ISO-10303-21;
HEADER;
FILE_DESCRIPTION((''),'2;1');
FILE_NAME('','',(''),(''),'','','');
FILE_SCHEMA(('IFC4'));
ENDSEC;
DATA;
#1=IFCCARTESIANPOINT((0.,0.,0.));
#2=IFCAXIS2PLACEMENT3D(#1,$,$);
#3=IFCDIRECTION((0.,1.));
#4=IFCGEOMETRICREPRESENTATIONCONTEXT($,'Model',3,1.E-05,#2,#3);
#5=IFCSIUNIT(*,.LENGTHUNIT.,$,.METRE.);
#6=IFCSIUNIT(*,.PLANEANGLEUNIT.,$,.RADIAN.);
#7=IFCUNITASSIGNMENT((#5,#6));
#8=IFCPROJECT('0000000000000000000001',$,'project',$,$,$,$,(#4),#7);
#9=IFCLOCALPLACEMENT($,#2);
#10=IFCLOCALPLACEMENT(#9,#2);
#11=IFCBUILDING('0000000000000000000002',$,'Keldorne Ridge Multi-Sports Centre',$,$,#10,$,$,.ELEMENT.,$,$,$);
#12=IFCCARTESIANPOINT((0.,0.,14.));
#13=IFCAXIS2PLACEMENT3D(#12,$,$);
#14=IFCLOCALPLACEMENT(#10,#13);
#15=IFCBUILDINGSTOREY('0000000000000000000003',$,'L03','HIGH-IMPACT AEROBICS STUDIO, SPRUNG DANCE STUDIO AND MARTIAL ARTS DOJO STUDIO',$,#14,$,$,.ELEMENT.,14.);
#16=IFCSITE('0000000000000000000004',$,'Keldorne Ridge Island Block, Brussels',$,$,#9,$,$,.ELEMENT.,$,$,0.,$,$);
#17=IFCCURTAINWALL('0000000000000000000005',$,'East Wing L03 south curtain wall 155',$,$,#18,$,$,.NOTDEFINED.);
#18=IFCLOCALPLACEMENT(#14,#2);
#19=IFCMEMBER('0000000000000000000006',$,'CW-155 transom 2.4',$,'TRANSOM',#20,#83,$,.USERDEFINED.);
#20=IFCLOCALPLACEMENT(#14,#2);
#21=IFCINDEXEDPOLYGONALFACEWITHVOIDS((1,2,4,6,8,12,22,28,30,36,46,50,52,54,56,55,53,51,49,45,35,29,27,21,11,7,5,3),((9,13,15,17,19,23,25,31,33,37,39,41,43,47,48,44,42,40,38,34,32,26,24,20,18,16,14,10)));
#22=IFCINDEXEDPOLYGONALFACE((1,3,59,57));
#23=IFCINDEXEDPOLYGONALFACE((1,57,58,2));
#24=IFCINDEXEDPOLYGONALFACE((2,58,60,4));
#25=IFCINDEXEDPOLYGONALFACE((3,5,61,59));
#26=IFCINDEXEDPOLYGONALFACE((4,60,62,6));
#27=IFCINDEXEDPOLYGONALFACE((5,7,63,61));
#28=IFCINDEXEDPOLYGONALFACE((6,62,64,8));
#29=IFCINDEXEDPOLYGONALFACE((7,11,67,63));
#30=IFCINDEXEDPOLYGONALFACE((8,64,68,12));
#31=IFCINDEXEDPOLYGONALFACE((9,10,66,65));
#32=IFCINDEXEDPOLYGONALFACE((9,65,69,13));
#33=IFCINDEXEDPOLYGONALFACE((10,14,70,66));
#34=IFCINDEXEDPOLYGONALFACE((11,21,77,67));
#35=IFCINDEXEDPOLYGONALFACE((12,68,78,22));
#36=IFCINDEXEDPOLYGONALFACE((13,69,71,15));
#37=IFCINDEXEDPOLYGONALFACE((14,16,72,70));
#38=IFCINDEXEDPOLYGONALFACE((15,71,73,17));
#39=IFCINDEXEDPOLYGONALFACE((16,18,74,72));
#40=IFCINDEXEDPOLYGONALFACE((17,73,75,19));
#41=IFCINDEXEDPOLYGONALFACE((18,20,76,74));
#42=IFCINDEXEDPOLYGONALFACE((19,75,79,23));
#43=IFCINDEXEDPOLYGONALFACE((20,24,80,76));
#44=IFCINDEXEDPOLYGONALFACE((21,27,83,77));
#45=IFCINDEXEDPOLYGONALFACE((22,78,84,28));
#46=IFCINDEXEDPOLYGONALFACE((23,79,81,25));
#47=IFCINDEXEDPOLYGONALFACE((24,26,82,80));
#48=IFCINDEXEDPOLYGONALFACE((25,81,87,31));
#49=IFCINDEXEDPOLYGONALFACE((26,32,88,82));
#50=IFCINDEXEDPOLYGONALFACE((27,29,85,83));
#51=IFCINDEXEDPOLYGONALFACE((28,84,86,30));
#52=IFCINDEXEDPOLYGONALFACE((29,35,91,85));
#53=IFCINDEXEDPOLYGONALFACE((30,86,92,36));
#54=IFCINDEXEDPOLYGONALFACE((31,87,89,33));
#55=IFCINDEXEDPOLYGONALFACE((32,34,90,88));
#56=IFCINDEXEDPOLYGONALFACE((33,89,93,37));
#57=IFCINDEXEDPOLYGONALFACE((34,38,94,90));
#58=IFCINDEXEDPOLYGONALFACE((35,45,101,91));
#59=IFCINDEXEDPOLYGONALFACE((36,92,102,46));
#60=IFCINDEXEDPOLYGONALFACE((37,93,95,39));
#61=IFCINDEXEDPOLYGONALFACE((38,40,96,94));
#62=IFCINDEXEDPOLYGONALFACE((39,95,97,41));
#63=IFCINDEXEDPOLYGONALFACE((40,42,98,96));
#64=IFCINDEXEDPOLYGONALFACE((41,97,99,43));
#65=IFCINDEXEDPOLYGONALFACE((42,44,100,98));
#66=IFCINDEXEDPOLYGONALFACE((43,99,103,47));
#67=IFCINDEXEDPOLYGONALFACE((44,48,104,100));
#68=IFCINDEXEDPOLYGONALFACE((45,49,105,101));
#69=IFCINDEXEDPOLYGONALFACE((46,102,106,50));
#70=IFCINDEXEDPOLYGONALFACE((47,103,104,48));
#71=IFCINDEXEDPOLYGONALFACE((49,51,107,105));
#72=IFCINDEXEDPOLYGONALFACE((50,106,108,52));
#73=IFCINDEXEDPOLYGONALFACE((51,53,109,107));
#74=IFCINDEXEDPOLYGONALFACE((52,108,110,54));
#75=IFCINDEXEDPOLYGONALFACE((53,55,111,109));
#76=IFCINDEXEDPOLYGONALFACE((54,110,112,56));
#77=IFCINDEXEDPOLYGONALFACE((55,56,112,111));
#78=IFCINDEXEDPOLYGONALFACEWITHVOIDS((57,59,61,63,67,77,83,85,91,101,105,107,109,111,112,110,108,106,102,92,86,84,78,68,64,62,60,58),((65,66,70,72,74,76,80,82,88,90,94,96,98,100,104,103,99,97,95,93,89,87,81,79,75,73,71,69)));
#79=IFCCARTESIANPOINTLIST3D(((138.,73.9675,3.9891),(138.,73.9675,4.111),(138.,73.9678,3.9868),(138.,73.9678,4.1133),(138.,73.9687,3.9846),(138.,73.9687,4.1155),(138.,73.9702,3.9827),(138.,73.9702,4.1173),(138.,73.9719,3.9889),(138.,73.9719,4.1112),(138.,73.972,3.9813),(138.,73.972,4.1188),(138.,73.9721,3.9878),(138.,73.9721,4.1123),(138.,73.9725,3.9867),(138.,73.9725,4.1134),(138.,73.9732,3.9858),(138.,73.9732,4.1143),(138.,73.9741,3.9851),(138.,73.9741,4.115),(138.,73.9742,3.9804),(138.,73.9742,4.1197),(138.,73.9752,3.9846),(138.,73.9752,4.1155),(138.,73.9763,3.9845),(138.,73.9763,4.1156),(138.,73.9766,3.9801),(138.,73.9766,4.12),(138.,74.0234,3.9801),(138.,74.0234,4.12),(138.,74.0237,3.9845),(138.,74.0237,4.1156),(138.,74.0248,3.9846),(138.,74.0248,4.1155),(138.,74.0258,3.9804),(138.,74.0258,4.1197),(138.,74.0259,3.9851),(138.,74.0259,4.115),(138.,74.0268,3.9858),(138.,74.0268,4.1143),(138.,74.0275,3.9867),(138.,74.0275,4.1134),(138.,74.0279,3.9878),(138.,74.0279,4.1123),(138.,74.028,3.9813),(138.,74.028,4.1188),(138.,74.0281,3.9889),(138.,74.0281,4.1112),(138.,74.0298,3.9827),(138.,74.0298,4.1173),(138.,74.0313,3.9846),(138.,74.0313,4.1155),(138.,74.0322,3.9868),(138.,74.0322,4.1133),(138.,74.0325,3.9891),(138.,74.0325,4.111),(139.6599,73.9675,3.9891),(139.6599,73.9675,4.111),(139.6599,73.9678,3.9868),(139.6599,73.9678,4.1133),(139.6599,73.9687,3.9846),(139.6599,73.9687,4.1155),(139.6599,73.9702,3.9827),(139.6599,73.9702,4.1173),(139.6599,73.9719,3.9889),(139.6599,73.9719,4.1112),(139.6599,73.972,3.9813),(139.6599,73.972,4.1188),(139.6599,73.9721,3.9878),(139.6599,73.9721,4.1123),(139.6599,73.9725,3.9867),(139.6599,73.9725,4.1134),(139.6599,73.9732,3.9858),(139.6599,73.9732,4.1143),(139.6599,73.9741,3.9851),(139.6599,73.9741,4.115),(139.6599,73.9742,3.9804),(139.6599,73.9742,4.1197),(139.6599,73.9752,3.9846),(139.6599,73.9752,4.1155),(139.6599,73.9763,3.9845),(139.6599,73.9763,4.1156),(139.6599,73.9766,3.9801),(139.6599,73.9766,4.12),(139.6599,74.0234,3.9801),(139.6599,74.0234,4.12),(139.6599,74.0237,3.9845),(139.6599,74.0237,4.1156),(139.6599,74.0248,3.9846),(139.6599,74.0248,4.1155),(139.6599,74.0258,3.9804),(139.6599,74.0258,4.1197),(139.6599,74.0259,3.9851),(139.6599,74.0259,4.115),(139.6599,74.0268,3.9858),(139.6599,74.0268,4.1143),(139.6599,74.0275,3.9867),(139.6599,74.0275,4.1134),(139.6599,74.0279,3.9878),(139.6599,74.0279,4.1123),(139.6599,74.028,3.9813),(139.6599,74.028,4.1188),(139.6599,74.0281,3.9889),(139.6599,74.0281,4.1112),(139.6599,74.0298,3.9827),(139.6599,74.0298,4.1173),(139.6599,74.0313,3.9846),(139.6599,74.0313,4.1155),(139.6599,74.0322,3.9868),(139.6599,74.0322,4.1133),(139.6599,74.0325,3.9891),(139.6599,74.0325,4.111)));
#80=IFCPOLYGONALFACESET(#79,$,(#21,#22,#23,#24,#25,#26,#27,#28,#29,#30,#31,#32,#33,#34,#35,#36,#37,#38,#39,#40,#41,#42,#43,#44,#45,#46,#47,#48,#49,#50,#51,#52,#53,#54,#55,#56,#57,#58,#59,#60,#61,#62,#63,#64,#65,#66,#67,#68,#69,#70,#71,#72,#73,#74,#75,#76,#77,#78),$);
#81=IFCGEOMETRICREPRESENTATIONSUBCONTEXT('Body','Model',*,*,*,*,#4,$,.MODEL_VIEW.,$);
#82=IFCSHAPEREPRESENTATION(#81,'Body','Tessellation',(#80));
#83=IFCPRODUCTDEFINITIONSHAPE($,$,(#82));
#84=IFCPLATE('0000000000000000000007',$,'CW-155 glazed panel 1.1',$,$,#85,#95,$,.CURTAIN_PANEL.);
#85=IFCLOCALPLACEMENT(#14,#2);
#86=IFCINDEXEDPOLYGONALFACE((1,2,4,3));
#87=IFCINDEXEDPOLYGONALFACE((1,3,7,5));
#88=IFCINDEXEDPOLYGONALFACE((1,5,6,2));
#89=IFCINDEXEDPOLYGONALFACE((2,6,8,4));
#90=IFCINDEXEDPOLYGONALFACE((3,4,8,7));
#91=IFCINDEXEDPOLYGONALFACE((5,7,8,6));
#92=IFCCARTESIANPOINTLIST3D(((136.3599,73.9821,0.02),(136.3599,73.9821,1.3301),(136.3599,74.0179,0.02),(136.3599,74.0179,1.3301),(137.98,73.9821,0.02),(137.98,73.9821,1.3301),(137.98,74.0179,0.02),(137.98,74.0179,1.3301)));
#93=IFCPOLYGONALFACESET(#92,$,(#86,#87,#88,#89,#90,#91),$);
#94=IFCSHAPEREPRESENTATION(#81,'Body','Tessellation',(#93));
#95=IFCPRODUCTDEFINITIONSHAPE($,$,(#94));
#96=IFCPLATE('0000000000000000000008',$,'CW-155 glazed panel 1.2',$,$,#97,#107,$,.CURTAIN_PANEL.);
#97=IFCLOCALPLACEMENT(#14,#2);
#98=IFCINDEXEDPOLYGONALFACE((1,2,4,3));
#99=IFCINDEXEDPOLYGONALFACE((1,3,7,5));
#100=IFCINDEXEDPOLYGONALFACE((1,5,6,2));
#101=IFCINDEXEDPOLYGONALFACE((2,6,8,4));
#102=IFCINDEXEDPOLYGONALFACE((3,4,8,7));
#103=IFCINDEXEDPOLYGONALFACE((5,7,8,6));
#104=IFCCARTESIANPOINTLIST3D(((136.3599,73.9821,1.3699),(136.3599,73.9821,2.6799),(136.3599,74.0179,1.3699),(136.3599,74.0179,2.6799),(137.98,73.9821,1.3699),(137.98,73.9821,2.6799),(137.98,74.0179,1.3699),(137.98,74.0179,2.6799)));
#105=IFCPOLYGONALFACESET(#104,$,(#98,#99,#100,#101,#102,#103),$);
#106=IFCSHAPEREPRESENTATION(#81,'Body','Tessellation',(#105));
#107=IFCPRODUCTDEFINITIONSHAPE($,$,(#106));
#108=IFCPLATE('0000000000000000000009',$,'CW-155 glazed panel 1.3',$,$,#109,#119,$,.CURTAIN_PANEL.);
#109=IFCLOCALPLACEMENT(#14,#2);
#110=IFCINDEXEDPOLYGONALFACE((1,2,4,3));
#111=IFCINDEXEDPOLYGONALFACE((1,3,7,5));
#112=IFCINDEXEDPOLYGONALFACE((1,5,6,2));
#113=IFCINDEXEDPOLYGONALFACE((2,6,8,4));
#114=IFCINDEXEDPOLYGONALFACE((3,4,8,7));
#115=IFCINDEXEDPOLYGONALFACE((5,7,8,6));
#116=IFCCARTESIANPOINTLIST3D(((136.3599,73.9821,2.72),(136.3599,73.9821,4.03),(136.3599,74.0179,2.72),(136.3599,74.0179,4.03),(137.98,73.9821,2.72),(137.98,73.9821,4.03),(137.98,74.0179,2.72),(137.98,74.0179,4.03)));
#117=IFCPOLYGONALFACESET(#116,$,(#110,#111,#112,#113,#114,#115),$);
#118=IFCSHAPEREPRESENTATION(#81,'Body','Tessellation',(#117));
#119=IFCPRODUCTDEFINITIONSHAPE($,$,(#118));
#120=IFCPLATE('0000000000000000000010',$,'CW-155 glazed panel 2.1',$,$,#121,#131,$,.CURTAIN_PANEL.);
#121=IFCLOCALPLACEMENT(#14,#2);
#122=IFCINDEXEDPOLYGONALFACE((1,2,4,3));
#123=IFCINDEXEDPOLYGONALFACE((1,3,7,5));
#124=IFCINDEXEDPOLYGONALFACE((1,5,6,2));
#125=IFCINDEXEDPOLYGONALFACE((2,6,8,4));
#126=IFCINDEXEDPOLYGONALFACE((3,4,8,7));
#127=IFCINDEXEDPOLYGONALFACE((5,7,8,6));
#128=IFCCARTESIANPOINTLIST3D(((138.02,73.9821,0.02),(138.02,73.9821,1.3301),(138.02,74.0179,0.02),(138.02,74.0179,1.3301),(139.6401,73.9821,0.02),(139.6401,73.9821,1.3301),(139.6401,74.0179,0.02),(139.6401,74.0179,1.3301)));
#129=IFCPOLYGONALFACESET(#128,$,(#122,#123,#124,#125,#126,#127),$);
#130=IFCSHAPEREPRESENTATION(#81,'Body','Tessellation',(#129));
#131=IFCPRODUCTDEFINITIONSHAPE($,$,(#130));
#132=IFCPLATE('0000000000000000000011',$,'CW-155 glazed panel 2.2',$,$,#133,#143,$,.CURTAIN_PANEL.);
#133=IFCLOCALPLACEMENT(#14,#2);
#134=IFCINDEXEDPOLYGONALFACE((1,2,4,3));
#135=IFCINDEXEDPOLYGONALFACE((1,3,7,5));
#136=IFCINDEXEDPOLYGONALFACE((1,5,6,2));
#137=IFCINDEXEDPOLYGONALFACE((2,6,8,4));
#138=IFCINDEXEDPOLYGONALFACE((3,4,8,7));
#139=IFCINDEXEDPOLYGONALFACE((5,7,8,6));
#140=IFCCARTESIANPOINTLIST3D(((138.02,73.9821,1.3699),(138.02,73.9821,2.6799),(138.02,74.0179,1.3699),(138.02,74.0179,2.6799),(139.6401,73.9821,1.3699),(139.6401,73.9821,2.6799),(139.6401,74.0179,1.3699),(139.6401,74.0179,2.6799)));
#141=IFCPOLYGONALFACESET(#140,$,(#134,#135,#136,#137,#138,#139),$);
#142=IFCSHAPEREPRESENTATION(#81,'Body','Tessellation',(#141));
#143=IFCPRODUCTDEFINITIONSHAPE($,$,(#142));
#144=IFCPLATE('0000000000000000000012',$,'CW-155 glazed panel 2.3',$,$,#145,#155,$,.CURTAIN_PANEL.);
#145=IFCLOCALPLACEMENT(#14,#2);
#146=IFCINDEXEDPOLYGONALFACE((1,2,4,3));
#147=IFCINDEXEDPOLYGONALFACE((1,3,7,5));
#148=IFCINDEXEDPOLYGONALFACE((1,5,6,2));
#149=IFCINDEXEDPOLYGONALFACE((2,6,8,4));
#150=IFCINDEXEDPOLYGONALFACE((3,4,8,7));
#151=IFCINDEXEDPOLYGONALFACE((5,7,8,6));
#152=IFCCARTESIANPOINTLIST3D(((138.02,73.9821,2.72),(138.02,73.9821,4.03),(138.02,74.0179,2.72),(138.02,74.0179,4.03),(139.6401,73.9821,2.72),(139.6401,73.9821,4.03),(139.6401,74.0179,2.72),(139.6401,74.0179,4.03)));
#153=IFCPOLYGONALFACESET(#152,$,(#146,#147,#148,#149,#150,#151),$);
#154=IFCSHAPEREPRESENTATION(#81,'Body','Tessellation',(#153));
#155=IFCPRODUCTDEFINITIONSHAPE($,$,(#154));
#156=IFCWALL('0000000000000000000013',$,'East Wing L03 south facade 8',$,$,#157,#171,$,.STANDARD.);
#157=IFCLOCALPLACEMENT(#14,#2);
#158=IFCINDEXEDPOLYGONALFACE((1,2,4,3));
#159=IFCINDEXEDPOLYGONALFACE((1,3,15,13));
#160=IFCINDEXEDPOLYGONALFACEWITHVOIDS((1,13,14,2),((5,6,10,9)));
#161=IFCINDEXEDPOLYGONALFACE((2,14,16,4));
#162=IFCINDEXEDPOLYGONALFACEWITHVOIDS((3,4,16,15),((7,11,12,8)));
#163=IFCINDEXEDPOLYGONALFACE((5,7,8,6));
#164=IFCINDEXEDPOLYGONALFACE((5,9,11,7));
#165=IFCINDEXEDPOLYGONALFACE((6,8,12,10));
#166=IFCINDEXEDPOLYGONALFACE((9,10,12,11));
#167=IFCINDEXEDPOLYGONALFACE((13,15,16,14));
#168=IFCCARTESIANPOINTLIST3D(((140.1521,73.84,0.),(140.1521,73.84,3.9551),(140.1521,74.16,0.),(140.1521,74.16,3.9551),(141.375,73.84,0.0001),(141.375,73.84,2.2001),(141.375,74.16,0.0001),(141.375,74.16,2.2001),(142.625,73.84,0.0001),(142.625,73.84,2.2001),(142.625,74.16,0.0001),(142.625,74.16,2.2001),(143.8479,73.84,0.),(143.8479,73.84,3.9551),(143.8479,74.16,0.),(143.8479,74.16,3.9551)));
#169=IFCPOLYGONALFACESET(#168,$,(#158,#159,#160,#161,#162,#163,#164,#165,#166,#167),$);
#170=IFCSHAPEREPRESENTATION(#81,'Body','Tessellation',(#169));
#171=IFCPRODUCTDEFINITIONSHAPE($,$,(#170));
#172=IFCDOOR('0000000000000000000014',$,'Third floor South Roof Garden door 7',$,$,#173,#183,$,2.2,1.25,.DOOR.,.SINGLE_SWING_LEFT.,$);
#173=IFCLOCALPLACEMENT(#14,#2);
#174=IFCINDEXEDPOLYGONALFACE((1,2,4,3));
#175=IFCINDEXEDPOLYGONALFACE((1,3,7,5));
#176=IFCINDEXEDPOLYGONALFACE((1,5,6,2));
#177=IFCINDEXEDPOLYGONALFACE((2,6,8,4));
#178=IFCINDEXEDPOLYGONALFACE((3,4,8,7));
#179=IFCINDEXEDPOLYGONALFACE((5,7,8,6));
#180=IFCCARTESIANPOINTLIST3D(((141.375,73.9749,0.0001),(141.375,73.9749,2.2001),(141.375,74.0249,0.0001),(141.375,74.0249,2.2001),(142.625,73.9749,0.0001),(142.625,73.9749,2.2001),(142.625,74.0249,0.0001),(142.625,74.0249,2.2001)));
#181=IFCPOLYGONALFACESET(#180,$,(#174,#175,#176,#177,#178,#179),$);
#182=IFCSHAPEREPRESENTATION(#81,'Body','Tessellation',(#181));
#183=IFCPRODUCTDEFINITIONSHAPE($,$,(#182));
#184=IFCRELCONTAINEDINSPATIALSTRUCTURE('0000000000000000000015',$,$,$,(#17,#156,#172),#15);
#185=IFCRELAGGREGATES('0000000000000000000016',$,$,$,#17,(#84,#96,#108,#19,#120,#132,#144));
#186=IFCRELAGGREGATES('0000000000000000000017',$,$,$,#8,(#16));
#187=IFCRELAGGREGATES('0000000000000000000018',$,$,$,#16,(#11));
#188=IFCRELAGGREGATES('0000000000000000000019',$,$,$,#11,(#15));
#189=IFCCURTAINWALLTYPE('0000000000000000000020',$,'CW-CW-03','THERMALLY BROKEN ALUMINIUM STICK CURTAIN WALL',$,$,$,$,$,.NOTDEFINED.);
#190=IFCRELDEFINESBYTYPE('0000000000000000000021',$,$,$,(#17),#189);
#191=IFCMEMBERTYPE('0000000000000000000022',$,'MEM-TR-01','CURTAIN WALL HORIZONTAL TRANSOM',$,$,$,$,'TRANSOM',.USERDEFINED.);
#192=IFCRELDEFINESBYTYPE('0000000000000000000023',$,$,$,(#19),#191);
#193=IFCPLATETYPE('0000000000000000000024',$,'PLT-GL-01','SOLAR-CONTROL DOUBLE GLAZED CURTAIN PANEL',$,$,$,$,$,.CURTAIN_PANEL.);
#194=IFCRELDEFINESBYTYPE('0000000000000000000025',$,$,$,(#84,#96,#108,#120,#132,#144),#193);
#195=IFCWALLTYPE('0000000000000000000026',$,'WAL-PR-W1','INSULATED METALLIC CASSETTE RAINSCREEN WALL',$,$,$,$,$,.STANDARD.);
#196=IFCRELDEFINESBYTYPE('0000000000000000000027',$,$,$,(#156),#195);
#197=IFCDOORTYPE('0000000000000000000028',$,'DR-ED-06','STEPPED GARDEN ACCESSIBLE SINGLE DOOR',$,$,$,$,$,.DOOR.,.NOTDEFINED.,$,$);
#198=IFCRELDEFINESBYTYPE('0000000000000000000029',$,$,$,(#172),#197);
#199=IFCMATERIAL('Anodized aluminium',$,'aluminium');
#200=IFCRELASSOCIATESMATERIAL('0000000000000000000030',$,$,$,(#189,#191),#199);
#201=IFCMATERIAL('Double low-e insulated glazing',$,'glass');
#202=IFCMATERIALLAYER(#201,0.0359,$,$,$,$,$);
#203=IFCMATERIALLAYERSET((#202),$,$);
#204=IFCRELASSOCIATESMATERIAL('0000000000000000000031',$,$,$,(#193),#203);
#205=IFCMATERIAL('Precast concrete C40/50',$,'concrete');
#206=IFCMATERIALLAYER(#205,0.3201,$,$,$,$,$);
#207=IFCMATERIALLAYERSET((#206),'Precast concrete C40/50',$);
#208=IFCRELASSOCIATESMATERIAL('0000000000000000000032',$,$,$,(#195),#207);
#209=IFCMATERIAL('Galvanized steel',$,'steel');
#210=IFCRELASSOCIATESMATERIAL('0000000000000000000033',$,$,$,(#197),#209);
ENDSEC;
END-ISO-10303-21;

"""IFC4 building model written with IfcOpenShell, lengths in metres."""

from ifc_helpers import new_model, si_unit, direction, frame, frame_2d, origin, origin_2d, place, context, subcontext, project, spatial, rectangle, hollow_rectangle, extrude, material, layer, layer_set, material_profile, profile_set, type_object, element, fill, aggregate, save


model = new_model("IFC4")

# Units and contexts
model_context = context("Model", 3, precision=1e-05, world=origin(), true_north=direction((0.0, 1.0)))
body_context = subcontext(model_context, "Body", "Model", "MODEL_VIEW")
ifc_project = project(units=[si_unit("LENGTHUNIT", "METRE"), si_unit("PLANEANGLEUNIT", "RADIAN")], contexts=[model_context])

# Site, building, storey
site_placement = place(None, origin())
site = spatial("IfcSite", under=ifc_project, at=site_placement, Name="Keldorne Ridge Island Block, Brussels", CompositionType="ELEMENT", RefElevation=0.0)
building_placement = place(site_placement, origin())
building = spatial("IfcBuilding", under=site, at=building_placement, Name="Keldorne Ridge Multi-Sports Centre", CompositionType="ELEMENT")
storey_placement = place(building_placement, frame((0.0, 0.0, 14.0)))
storey = spatial("IfcBuildingStorey", under=building, at=storey_placement, Name="L03", Description="HIGH-IMPACT AEROBICS STUDIO, SPRUNG DANCE STUDIO AND MARTIAL ARTS DOJO STUDIO", CompositionType="ELEMENT", Elevation=14.0)

# Shared definitions
ifc_material_1 = material(Name="Anodized aluminium", Category="aluminium")

# Curtain wall, member, plates
curtain_wall_type_1 = type_object("IfcCurtainWallType", Name="CW-CW-03", Description="THERMALLY BROKEN ALUMINIUM STICK CURTAIN WALL", PredefinedType="NOTDEFINED", material=ifc_material_1)
curtain_wall_1_placement = place(storey_placement, origin())
curtain_wall_1 = element("IfcCurtainWall", 1, at=curtain_wall_1_placement, inside=storey, type_object=curtain_wall_type_1, Name="East Wing L03 south curtain wall 155", PredefinedType="NOTDEFINED")
ifc_material_profile_1 = material_profile(ifc_material_1, hollow_rectangle(XDim=0.0649, YDim=0.1399, WallThickness=0.0044, InnerFilletRadius=0.0044, OuterFilletRadius=0.009, at=origin_2d()), Name="ALU TRANSOM 140x65x4.5")
ifc_profile_set_1 = profile_set([ifc_material_profile_1], Name="Anodized aluminium")
member_type_1 = type_object("IfcMemberType", Name="MEM-TR-01", Description="CURTAIN WALL HORIZONTAL TRANSOM", ElementType="TRANSOM", PredefinedType="USERDEFINED", material=ifc_profile_set_1)
member_1_placement = place(storey_placement, frame((138.0, 74.0, 4.05), z_axis=(1.0, 0.0, 0.0), x_axis=(0.0, 1.0, 0.0)))
member_1 = element("IfcMember", 2, at=member_1_placement, type_object=member_type_1, Name="CW-155 transom 2.4", ObjectType="TRANSOM", PredefinedType="USERDEFINED", context=body_context, shape_type="SweptSolid", body=[
    extrude(hollow_rectangle(XDim=0.0649, YDim=0.1399, WallThickness=0.0044, InnerFilletRadius=0.0044, OuterFilletRadius=0.009, at=origin_2d()), origin(), (0.0, 0.0, 1.0), 1.6599),
])
ifc_material_2 = material(Name="Double low-e insulated glazing", Category="glass")
ifc_layer_1 = layer(ifc_material_2, 0.0359)
ifc_layer_set_1 = layer_set([ifc_layer_1])
plate_type = type_object("IfcPlateType", Name="PLT-GL-01", Description="SOLAR-CONTROL DOUBLE GLAZED CURTAIN PANEL", PredefinedType="CURTAIN_PANEL", material=ifc_layer_set_1)
plate_1_placement = place(storey_placement, frame((137.1699, 74.0, 0.02), z_axis=(0.0, 0.0, 1.0), x_axis=(1.0, 0.0, 0.0)))
plate_1 = element("IfcPlate", 3, at=plate_1_placement, type_object=plate_type, Name="CW-155 glazed panel 1.1", PredefinedType="CURTAIN_PANEL", context=body_context, shape_type="SweptSolid", body=[
    extrude(rectangle(XDim=1.6201, YDim=0.0359, at=origin_2d()), origin(), (0.0, 0.0, 1.0), 1.3101),
])
plate_2_placement = place(storey_placement, frame((137.1699, 74.0, 1.3699), z_axis=(0.0, 0.0, 1.0), x_axis=(1.0, 0.0, 0.0)))
plate_2 = element("IfcPlate", 4, at=plate_2_placement, type_object=plate_type, Name="CW-155 glazed panel 1.2", PredefinedType="CURTAIN_PANEL", context=body_context, shape_type="SweptSolid", body=[
    extrude(rectangle(XDim=1.6201, YDim=0.0359, at=origin_2d()), origin(), (0.0, 0.0, 1.0), 1.3101),
])
plate_3_placement = place(storey_placement, frame((137.1699, 74.0, 2.72), z_axis=(0.0, 0.0, 1.0), x_axis=(1.0, 0.0, 0.0)))
plate_3 = element("IfcPlate", 5, at=plate_3_placement, type_object=plate_type, Name="CW-155 glazed panel 1.3", PredefinedType="CURTAIN_PANEL", context=body_context, shape_type="SweptSolid", body=[
    extrude(rectangle(XDim=1.6201, YDim=0.0359, at=origin_2d()), origin(), (0.0, 0.0, 1.0), 1.3101),
])
plate_4_placement = place(storey_placement, frame((138.8301, 74.0, 0.02), z_axis=(0.0, 0.0, 1.0), x_axis=(1.0, 0.0, 0.0)))
plate_4 = element("IfcPlate", 6, at=plate_4_placement, type_object=plate_type, Name="CW-155 glazed panel 2.1", PredefinedType="CURTAIN_PANEL", context=body_context, shape_type="SweptSolid", body=[
    extrude(rectangle(XDim=1.6201, YDim=0.0359, at=origin_2d()), origin(), (0.0, 0.0, 1.0), 1.3101),
])
plate_5_placement = place(storey_placement, frame((138.8301, 74.0, 1.3699), z_axis=(0.0, 0.0, 1.0), x_axis=(1.0, 0.0, 0.0)))
plate_5 = element("IfcPlate", 7, at=plate_5_placement, type_object=plate_type, Name="CW-155 glazed panel 2.2", PredefinedType="CURTAIN_PANEL", context=body_context, shape_type="SweptSolid", body=[
    extrude(rectangle(XDim=1.6201, YDim=0.0359, at=origin_2d()), origin(), (0.0, 0.0, 1.0), 1.3101),
])
plate_6_placement = place(storey_placement, frame((138.8301, 74.0, 2.72), z_axis=(0.0, 0.0, 1.0), x_axis=(1.0, 0.0, 0.0)))
plate_6 = element("IfcPlate", 8, at=plate_6_placement, type_object=plate_type, Name="CW-155 glazed panel 2.3", PredefinedType="CURTAIN_PANEL", context=body_context, shape_type="SweptSolid", body=[
    extrude(rectangle(XDim=1.6201, YDim=0.0359, at=origin_2d()), origin(), (0.0, 0.0, 1.0), 1.3101),
])
aggregate(curtain_wall_1, [plate_1, plate_2, plate_3, member_1, plate_4, plate_5, plate_6])

# Wall, opening, door
ifc_material_3 = material(Name="Precast concrete C40/50", Category="concrete")
ifc_layer_2 = layer(ifc_material_3, 0.3201)
ifc_layer_set_2 = layer_set([ifc_layer_2], Name="Precast concrete C40/50")
wall_type = type_object("IfcWallType", Name="WAL-PR-W1", Description="INSULATED METALLIC CASSETTE RAINSCREEN WALL", PredefinedType="STANDARD", material=ifc_layer_set_2)
wall_placement = place(storey_placement, frame((140.1521, 74.0, 0.0), z_axis=(0.0, 0.0, 1.0), x_axis=(1.0, 0.0, 0.0)))
wall = element("IfcWall", 9, at=wall_placement, inside=storey, type_object=wall_type, Name="East Wing L03 south facade 8", PredefinedType="STANDARD", context=body_context, shape_type="SweptSolid", body=[
    extrude(rectangle(XDim=3.6958, YDim=0.3201, at=frame_2d((1.8479, 0.0))), origin(), (0.0, 0.0, 1.0), 3.9551),
])
opening_placement = place(wall_placement, frame((1.2229, 0.0, 0.0)))
opening = element("IfcOpeningElement", 10, at=opening_placement, cuts=wall, PredefinedType="OPENING", context=body_context, shape_type="SweptSolid", body=[
    extrude(rectangle(XDim=1.25, YDim=2.2, at=frame_2d((0.625, 1.1001))), frame((0.0, 0.1699, 0.0), z_axis=(0.0, -1.0, 0.0), x_axis=(1.0, 0.0, 0.0)), (0.0, 0.0, 1.0), 0.3401),
])
ifc_material_4 = material(Name="Galvanized steel", Category="steel")
door_type = type_object("IfcDoorType", Name="DR-ED-06", Description="STEPPED GARDEN ACCESSIBLE SINGLE DOOR", OperationType="NOTDEFINED", PredefinedType="DOOR", material=ifc_material_4)
door_placement = place(opening_placement, origin())
door = element("IfcDoor", 11, at=door_placement, inside=storey, type_object=door_type, Name="Third floor South Roof Garden door 7", OperationType="SINGLE_SWING_LEFT", OverallHeight=2.2, OverallWidth=1.25, PredefinedType="DOOR", context=body_context, shape_type="SweptSolid", body=[
    extrude(rectangle(XDim=1.25, YDim=2.2, at=frame_2d((0.625, 1.1001))), frame((0.0, 0.0249, 0.0), z_axis=(0.0, -1.0, 0.0), x_axis=(1.0, 0.0, 0.0)), (0.0, 0.0, 1.0), 0.05),
])
fill(opening, door)

save(model, "model.ifc")
